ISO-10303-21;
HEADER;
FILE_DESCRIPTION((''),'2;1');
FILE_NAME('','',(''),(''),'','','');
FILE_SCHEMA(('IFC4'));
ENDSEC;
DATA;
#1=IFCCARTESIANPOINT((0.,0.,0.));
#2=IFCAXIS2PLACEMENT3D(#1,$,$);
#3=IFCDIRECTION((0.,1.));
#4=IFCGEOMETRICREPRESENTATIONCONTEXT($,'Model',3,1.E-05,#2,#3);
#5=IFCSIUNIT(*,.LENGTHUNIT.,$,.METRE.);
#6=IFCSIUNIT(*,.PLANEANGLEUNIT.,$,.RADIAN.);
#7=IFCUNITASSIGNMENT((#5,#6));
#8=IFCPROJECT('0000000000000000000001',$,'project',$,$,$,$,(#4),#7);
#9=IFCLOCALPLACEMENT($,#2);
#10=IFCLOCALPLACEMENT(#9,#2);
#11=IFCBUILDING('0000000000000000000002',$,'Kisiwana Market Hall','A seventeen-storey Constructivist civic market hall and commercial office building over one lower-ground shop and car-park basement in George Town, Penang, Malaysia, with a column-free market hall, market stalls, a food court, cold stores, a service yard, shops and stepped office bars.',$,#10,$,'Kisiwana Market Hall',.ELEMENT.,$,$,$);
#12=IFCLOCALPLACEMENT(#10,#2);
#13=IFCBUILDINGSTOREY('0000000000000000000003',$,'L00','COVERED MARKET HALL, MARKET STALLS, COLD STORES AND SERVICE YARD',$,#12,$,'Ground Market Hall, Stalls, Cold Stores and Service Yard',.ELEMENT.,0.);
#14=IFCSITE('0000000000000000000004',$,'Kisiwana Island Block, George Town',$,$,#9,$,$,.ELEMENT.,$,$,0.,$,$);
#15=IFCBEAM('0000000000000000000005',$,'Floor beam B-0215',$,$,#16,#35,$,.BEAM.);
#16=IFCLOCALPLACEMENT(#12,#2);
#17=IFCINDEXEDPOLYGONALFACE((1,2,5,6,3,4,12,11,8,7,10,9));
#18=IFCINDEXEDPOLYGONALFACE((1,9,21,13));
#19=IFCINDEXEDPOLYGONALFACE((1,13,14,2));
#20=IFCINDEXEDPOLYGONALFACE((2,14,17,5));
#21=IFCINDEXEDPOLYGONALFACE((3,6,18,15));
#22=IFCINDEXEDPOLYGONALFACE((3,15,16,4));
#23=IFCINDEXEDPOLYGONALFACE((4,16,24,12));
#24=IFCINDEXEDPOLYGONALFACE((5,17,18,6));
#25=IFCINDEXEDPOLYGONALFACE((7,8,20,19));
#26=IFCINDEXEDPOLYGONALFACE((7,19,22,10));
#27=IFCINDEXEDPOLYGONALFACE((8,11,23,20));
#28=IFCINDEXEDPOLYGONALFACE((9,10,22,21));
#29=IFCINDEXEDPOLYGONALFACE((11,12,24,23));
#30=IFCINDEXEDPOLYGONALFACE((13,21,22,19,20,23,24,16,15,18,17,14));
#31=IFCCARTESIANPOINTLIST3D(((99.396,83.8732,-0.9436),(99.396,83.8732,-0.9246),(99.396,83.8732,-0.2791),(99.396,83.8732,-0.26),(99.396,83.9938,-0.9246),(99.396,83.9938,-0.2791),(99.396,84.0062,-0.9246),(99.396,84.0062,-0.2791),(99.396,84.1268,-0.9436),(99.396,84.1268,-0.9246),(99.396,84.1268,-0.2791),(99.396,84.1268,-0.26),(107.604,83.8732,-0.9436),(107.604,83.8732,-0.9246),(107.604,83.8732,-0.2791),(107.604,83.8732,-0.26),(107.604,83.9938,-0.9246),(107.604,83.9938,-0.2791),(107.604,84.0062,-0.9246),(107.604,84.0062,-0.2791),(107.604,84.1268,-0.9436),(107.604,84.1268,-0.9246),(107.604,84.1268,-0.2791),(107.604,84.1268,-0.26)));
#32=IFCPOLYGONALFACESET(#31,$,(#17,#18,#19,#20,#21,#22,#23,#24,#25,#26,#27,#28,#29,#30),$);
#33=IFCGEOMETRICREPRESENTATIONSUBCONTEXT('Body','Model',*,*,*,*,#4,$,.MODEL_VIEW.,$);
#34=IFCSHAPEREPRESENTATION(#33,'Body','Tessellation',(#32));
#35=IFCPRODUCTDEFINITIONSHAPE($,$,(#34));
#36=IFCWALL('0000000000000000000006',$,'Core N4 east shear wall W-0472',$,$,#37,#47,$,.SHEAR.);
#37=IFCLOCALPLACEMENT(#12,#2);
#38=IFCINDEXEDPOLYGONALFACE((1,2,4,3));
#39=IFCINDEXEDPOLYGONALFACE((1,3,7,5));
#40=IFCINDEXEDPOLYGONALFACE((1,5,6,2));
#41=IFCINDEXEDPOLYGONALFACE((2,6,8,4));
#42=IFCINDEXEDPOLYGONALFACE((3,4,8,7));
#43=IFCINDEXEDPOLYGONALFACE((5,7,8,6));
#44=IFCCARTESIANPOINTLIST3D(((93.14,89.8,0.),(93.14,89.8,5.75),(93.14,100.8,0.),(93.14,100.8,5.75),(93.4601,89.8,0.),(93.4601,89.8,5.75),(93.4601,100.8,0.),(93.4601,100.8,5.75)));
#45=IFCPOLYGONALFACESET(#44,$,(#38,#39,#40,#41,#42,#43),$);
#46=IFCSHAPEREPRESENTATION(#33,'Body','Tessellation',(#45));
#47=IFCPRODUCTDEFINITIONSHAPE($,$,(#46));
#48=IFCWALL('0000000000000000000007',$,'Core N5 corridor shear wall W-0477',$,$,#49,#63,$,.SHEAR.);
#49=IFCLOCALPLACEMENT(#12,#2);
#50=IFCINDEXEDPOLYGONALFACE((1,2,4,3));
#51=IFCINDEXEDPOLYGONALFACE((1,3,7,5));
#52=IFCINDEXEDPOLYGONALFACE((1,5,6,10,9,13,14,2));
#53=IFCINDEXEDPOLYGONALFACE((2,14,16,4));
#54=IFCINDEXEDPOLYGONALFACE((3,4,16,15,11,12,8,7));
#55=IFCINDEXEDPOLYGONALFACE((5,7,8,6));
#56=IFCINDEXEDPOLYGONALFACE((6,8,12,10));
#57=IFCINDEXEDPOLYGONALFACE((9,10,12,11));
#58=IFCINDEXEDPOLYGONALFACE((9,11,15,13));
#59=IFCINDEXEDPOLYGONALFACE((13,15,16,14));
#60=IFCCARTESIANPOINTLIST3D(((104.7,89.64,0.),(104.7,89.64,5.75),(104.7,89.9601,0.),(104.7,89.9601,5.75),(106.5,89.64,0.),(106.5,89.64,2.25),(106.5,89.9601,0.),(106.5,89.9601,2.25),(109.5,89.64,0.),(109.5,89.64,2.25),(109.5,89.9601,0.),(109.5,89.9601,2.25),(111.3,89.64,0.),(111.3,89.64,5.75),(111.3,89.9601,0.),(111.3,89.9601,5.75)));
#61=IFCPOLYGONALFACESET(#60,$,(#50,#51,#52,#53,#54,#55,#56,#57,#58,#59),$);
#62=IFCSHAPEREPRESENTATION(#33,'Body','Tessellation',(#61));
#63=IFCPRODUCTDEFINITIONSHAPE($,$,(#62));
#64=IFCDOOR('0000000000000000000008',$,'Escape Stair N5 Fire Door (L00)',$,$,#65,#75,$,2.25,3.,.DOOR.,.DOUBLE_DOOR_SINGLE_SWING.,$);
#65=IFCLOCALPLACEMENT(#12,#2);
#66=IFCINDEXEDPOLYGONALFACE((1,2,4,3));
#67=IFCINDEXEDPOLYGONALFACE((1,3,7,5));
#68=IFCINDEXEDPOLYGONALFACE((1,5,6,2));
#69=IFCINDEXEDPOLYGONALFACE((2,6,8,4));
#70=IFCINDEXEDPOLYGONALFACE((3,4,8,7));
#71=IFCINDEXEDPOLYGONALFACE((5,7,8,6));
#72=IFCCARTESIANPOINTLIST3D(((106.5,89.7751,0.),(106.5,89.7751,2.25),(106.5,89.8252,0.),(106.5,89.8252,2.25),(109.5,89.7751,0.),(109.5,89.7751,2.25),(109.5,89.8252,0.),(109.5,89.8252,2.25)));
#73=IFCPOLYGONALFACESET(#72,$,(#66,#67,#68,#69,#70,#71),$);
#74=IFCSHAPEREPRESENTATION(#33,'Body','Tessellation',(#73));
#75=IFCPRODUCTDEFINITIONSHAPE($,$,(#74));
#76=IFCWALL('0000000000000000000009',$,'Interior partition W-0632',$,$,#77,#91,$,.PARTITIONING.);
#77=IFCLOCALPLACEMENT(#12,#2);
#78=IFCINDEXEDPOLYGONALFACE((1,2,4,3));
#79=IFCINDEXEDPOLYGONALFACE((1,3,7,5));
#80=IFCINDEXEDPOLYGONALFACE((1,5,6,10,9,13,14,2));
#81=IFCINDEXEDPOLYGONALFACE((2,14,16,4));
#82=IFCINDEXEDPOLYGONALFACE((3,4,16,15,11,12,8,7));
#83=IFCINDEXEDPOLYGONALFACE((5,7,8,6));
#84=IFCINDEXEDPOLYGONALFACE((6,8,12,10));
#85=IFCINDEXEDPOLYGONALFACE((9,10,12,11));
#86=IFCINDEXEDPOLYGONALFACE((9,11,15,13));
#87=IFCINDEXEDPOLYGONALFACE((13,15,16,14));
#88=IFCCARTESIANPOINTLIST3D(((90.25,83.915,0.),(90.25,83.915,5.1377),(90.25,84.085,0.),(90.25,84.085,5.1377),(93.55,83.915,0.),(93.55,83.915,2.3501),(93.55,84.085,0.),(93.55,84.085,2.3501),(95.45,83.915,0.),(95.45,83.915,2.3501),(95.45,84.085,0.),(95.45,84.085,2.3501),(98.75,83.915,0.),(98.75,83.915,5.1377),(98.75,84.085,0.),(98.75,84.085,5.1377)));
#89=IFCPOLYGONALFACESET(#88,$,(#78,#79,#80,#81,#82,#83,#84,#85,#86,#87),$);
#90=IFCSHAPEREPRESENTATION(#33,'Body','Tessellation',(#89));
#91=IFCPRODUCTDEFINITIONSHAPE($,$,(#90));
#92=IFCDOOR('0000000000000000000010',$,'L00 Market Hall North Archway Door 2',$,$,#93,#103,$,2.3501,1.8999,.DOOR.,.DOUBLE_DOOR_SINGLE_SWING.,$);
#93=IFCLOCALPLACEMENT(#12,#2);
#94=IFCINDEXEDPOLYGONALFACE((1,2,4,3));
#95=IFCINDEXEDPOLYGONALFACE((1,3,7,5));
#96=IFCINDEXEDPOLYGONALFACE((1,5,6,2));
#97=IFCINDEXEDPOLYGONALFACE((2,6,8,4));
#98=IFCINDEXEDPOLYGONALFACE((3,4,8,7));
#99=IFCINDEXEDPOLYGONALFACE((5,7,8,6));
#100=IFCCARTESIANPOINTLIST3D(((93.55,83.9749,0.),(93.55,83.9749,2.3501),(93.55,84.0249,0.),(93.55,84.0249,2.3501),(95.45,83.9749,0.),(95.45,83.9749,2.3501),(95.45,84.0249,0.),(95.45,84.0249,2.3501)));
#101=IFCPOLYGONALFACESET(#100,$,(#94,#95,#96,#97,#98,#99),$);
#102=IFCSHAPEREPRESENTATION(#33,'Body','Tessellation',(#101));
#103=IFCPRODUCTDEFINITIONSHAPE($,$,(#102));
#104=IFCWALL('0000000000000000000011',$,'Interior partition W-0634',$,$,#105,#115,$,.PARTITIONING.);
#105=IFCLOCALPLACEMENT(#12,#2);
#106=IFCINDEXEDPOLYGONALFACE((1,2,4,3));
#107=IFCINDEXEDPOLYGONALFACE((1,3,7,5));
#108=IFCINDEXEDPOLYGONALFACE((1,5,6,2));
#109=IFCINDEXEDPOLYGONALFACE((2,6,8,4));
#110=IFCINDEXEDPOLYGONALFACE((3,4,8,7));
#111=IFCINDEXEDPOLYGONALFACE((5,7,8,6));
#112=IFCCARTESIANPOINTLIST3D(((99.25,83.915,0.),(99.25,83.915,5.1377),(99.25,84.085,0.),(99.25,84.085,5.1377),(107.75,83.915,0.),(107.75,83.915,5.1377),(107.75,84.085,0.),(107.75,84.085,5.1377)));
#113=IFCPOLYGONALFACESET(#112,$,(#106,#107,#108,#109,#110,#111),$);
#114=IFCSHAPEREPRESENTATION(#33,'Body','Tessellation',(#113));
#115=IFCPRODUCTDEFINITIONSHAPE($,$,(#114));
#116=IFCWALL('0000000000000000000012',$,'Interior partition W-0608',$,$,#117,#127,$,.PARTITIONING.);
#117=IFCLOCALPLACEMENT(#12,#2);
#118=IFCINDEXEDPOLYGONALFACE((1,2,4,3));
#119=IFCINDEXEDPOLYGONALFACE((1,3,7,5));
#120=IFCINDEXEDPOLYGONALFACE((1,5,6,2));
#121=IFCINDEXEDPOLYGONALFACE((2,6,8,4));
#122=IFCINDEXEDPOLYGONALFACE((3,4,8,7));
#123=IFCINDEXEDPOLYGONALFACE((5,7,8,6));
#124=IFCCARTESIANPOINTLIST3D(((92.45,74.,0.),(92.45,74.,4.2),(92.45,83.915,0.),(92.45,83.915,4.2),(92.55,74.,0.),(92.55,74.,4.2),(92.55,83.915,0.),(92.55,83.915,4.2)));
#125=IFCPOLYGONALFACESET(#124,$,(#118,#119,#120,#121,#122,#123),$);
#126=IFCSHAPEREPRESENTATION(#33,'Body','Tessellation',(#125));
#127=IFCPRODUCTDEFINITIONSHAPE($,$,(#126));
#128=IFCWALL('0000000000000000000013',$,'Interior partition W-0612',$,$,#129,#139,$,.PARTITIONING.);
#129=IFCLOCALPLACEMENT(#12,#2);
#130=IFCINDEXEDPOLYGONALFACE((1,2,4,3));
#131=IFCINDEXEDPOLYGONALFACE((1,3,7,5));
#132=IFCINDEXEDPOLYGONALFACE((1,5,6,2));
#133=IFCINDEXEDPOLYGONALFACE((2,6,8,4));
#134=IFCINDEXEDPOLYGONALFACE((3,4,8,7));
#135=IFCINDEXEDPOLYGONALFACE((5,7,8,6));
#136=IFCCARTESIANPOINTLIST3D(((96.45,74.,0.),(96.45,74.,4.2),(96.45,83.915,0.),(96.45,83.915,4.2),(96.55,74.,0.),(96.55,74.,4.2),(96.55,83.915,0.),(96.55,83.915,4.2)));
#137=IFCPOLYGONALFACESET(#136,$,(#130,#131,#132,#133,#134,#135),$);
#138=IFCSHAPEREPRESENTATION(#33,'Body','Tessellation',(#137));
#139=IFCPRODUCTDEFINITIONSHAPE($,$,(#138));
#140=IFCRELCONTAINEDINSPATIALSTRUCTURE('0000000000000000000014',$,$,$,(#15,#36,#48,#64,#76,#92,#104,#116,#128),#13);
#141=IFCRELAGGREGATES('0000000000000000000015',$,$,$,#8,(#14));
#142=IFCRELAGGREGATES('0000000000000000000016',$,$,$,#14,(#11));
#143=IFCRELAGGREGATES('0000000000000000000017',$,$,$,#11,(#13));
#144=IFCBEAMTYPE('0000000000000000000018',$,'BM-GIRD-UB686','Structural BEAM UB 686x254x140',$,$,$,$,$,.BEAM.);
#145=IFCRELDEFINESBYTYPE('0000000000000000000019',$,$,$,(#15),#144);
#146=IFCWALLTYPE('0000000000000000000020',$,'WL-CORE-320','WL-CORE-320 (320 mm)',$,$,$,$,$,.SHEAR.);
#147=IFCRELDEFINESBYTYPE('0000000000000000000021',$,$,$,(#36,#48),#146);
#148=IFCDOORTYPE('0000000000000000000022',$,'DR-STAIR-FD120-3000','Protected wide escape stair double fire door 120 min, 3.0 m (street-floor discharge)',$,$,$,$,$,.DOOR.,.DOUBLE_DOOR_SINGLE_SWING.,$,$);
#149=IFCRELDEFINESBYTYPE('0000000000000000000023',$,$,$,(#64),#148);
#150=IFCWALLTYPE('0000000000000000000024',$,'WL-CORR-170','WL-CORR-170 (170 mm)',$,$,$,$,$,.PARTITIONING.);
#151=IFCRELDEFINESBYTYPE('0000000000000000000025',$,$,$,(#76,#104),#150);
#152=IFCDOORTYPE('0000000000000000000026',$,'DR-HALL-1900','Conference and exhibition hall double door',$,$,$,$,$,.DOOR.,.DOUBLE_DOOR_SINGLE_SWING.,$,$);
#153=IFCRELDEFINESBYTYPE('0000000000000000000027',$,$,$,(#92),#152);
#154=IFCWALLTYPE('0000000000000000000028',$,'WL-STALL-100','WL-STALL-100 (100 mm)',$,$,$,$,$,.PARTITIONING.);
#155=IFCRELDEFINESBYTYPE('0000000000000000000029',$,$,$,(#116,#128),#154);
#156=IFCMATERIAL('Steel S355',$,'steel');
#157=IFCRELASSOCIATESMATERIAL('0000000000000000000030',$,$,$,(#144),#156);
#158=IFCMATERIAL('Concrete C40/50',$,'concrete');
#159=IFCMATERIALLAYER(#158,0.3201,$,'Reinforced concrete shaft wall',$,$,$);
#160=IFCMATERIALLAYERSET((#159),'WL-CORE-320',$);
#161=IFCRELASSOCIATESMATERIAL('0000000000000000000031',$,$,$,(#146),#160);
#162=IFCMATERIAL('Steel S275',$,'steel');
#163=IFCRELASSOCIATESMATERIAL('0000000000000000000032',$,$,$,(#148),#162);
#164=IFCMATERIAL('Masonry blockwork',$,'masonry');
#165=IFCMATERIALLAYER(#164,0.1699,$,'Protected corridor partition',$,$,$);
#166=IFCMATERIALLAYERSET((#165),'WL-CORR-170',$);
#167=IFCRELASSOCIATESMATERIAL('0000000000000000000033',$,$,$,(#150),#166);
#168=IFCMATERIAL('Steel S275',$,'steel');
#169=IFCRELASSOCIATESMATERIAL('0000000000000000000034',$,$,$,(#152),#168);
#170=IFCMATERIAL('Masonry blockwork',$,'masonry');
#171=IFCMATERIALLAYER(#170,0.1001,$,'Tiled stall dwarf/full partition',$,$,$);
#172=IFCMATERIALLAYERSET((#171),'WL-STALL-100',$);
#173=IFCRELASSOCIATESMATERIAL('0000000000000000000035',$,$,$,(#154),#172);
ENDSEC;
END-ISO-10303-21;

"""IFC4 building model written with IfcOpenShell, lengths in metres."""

from ifc_helpers import new_model, si_unit, direction, frame, frame_2d, origin, origin_2d, place, context, subcontext, project, spatial, rectangle, i_section, extrude, material, layer, layer_set, material_profile, profile_set, type_object, element, fill, save


model = new_model("IFC4")

# Units and contexts
model_context = context("Model", 3, precision=1e-05, world=origin(), true_north=direction((0.0, 1.0)))
body_context = subcontext(model_context, "Body", "Model", "MODEL_VIEW")
ifc_project = project(units=[si_unit("LENGTHUNIT", "METRE"), si_unit("PLANEANGLEUNIT", "RADIAN")], contexts=[model_context])

# Site, building, storey
site_placement = place(None, origin())
site = spatial("IfcSite", under=ifc_project, at=site_placement, Name="Kisiwana Island Block, George Town", CompositionType="ELEMENT", RefElevation=0.0)
building_placement = place(site_placement, origin())
building = spatial("IfcBuilding", under=site, at=building_placement, Name="Kisiwana Market Hall", Description="A seventeen-storey Constructivist civic market hall and commercial office building over one lower-ground shop and car-park basement in George Town, Penang, Malaysia, with a column-free market hall, market stalls, a food court, cold stores, a service yard, shops and stepped office bars.", LongName="Kisiwana Market Hall", CompositionType="ELEMENT")
storey_placement = place(building_placement, origin())
storey = spatial("IfcBuildingStorey", under=building, at=storey_placement, Name="L00", Description="COVERED MARKET HALL, MARKET STALLS, COLD STORES AND SERVICE YARD", LongName="Ground Market Hall, Stalls, Cold Stores and Service Yard", CompositionType="ELEMENT", Elevation=0.0)

# Beam
ifc_material_1 = material(Name="Steel S355", Category="steel")
ifc_material_profile_1 = material_profile(ifc_material_1, i_section(OverallWidth=0.2537, OverallDepth=0.6836, WebThickness=0.0125, FlangeThickness=0.019, at=origin_2d()), Name="UB 686x254x140")
ifc_profile_set_1 = profile_set([ifc_material_profile_1], Name="Steel S355")
beam_type_1 = type_object("IfcBeamType", Name="BM-GIRD-UB686", Description="Structural BEAM UB 686x254x140", PredefinedType="BEAM", material=ifc_profile_set_1)
for number, where, z_axis, x_axis, name in (
    (1, (99.396, 84.0, -0.6018), (1.0, 0.0, 0.0), (0.0, 1.0, 0.0), "Floor beam B-0215"),
):
    element("IfcBeam", number, at=place(storey_placement, frame(where, z_axis=z_axis, x_axis=x_axis)), inside=storey, type_object=beam_type_1, Name=name, PredefinedType="BEAM", context=body_context, shape_type="SweptSolid", body=[
        extrude(i_section(OverallWidth=0.2537, OverallDepth=0.6836, WebThickness=0.0125, FlangeThickness=0.019, at=origin_2d()), origin(), (0.0, 0.0, 1.0), 8.208),
    ])

# Wall
ifc_material_2 = material(Name="Concrete C40/50", Category="concrete")
ifc_layer_1 = layer(ifc_material_2, 0.3201, Name="Reinforced concrete shaft wall")
ifc_layer_set_1 = layer_set([ifc_layer_1], Name="WL-CORE-320")
wall_type_1 = type_object("IfcWallType", Name="WL-CORE-320", Description="WL-CORE-320 (320 mm)", PredefinedType="SHEAR", material=ifc_layer_set_1)
wall_1_placement = place(storey_placement, frame((93.3, 89.8, 0.0), z_axis=(0.0, 0.0, 1.0), x_axis=(0.0, 1.0, 0.0)))
element("IfcWall", 2, at=wall_1_placement, inside=storey, type_object=wall_type_1, Name="Core N4 east shear wall W-0472", PredefinedType="SHEAR", context=body_context, shape_type="SweptSolid", body=[
    extrude(rectangle(XDim=11.0, YDim=0.3201, at=frame_2d((5.5, 0.0))), origin(), (0.0, 0.0, 1.0), 5.75),
])

# Walls, openings, doors
wall_2_placement = place(storey_placement, frame((104.7, 89.8, 0.0), z_axis=(0.0, 0.0, 1.0), x_axis=(1.0, 0.0, 0.0)))
wall_2 = element("IfcWall", 3, at=wall_2_placement, inside=storey, type_object=wall_type_1, Name="Core N5 corridor shear wall W-0477", PredefinedType="SHEAR", context=body_context, shape_type="SweptSolid", body=[
    extrude(rectangle(XDim=6.6001, YDim=0.3201, at=frame_2d((3.3, 0.0))), origin(), (0.0, 0.0, 1.0), 5.75),
])
opening_1_placement = place(wall_2_placement, frame((1.8, 0.0, 0.0)))
opening_1 = element("IfcOpeningElement", 4, at=opening_1_placement, cuts=wall_2, PredefinedType="OPENING", context=body_context, shape_type="SweptSolid", body=[
    extrude(rectangle(XDim=3.0, YDim=2.25, at=frame_2d((1.5, 1.125))), frame((0.0, 0.1719, 0.0), z_axis=(0.0, -1.0, 0.0), x_axis=(1.0, 0.0, 0.0)), (0.0, 0.0, 1.0), 0.344),
])
ifc_material_3 = material(Name="Steel S275", Category="steel")
door_type_1 = type_object("IfcDoorType", Name="DR-STAIR-FD120-3000", Description="Protected wide escape stair double fire door 120 min, 3.0 m (street-floor discharge)", OperationType="DOUBLE_DOOR_SINGLE_SWING", PredefinedType="DOOR", material=ifc_material_3)
door_1_placement = place(opening_1_placement, frame((3.0, 0.0, 0.0), z_axis=(0.0, 0.0, 1.0), x_axis=(-1.0, 0.0, 0.0)))
door_1 = element("IfcDoor", 5, at=door_1_placement, inside=storey, type_object=door_type_1, Name="Escape Stair N5 Fire Door (L00)", OperationType="DOUBLE_DOOR_SINGLE_SWING", OverallHeight=2.25, OverallWidth=3.0, PredefinedType="DOOR", context=body_context, shape_type="SweptSolid", body=[
    extrude(rectangle(XDim=3.0, YDim=2.25, at=frame_2d((1.5, 1.125))), frame((0.0, 0.0249, 0.0), z_axis=(0.0, -1.0, 0.0), x_axis=(1.0, 0.0, 0.0)), (0.0, 0.0, 1.0), 0.05),
])
fill(opening_1, door_1)
ifc_material_4 = material(Name="Masonry blockwork", Category="masonry")
ifc_layer_2 = layer(ifc_material_4, 0.1699, Name="Protected corridor partition")
ifc_layer_set_2 = layer_set([ifc_layer_2], Name="WL-CORR-170")
wall_type_2 = type_object("IfcWallType", Name="WL-CORR-170", Description="WL-CORR-170 (170 mm)", PredefinedType="PARTITIONING", material=ifc_layer_set_2)
wall_3_placement = place(storey_placement, frame((90.25, 84.0, 0.0), z_axis=(0.0, 0.0, 1.0), x_axis=(1.0, 0.0, 0.0)))
wall_3 = element("IfcWall", 6, at=wall_3_placement, inside=storey, type_object=wall_type_2, Name="Interior partition W-0632", PredefinedType="PARTITIONING", context=body_context, shape_type="SweptSolid", body=[
    extrude(rectangle(XDim=8.5, YDim=0.1699, at=frame_2d((4.25, 0.0))), origin(), (0.0, 0.0, 1.0), 5.1377),
])
opening_2_placement = place(wall_3_placement, frame((3.3, 0.0, 0.0)))
opening_2 = element("IfcOpeningElement", 7, at=opening_2_placement, cuts=wall_3, PredefinedType="OPENING", context=body_context, shape_type="SweptSolid", body=[
    extrude(rectangle(XDim=1.8999, YDim=2.3501, at=frame_2d((0.95, 1.175))), frame((0.0, 0.0969, 0.0), z_axis=(0.0, -1.0, 0.0), x_axis=(1.0, 0.0, 0.0)), (0.0, 0.0, 1.0), 0.1938),
])
ifc_material_5 = material(Name="Steel S275", Category="steel")
door_type_2 = type_object("IfcDoorType", Name="DR-HALL-1900", Description="Conference and exhibition hall double door", OperationType="DOUBLE_DOOR_SINGLE_SWING", PredefinedType="DOOR", material=ifc_material_5)
door_2_placement = place(opening_2_placement, origin())
door_2 = element("IfcDoor", 8, at=door_2_placement, inside=storey, type_object=door_type_2, Name="L00 Market Hall North Archway Door 2", OperationType="DOUBLE_DOOR_SINGLE_SWING", OverallHeight=2.3501, OverallWidth=1.8999, PredefinedType="DOOR", context=body_context, shape_type="SweptSolid", body=[
    extrude(rectangle(XDim=1.8999, YDim=2.3501, at=frame_2d((0.95, 1.175))), frame((0.0, 0.0249, 0.0), z_axis=(0.0, -1.0, 0.0), x_axis=(1.0, 0.0, 0.0)), (0.0, 0.0, 1.0), 0.05),
])
fill(opening_2, door_2)

# Walls
wall_4_placement = place(storey_placement, frame((99.25, 84.0, 0.0), z_axis=(0.0, 0.0, 1.0), x_axis=(1.0, 0.0, 0.0)))
element("IfcWall", 9, at=wall_4_placement, inside=storey, type_object=wall_type_2, Name="Interior partition W-0634", PredefinedType="PARTITIONING", context=body_context, shape_type="SweptSolid", body=[
    extrude(rectangle(XDim=8.5, YDim=0.1699, at=frame_2d((4.25, 0.0))), origin(), (0.0, 0.0, 1.0), 5.1377),
])
ifc_material_6 = material(Name="Masonry blockwork", Category="masonry")
ifc_layer_3 = layer(ifc_material_6, 0.1001, Name="Tiled stall dwarf/full partition")
ifc_layer_set_3 = layer_set([ifc_layer_3], Name="WL-STALL-100")
wall_type_3 = type_object("IfcWallType", Name="WL-STALL-100", Description="WL-STALL-100 (100 mm)", PredefinedType="PARTITIONING", material=ifc_layer_set_3)
for number, where, z_axis, x_axis, name in (
    (10, (92.5, 74.0, 0.0), (0.0, 0.0, 1.0), (0.0, 1.0, 0.0), "Interior partition W-0608"),
    (11, (96.5, 74.0, 0.0), (0.0, 0.0, 1.0), (0.0, 1.0, 0.0), "Interior partition W-0612"),
):
    element("IfcWall", number, at=place(storey_placement, frame(where, z_axis=z_axis, x_axis=x_axis)), inside=storey, type_object=wall_type_3, Name=name, PredefinedType="PARTITIONING", context=body_context, shape_type="SweptSolid", body=[
        extrude(rectangle(XDim=9.915, YDim=0.1001, at=frame_2d((4.9575, 0.0))), origin(), (0.0, 0.0, 1.0), 4.2),
    ])

save(model, "model.ifc")
